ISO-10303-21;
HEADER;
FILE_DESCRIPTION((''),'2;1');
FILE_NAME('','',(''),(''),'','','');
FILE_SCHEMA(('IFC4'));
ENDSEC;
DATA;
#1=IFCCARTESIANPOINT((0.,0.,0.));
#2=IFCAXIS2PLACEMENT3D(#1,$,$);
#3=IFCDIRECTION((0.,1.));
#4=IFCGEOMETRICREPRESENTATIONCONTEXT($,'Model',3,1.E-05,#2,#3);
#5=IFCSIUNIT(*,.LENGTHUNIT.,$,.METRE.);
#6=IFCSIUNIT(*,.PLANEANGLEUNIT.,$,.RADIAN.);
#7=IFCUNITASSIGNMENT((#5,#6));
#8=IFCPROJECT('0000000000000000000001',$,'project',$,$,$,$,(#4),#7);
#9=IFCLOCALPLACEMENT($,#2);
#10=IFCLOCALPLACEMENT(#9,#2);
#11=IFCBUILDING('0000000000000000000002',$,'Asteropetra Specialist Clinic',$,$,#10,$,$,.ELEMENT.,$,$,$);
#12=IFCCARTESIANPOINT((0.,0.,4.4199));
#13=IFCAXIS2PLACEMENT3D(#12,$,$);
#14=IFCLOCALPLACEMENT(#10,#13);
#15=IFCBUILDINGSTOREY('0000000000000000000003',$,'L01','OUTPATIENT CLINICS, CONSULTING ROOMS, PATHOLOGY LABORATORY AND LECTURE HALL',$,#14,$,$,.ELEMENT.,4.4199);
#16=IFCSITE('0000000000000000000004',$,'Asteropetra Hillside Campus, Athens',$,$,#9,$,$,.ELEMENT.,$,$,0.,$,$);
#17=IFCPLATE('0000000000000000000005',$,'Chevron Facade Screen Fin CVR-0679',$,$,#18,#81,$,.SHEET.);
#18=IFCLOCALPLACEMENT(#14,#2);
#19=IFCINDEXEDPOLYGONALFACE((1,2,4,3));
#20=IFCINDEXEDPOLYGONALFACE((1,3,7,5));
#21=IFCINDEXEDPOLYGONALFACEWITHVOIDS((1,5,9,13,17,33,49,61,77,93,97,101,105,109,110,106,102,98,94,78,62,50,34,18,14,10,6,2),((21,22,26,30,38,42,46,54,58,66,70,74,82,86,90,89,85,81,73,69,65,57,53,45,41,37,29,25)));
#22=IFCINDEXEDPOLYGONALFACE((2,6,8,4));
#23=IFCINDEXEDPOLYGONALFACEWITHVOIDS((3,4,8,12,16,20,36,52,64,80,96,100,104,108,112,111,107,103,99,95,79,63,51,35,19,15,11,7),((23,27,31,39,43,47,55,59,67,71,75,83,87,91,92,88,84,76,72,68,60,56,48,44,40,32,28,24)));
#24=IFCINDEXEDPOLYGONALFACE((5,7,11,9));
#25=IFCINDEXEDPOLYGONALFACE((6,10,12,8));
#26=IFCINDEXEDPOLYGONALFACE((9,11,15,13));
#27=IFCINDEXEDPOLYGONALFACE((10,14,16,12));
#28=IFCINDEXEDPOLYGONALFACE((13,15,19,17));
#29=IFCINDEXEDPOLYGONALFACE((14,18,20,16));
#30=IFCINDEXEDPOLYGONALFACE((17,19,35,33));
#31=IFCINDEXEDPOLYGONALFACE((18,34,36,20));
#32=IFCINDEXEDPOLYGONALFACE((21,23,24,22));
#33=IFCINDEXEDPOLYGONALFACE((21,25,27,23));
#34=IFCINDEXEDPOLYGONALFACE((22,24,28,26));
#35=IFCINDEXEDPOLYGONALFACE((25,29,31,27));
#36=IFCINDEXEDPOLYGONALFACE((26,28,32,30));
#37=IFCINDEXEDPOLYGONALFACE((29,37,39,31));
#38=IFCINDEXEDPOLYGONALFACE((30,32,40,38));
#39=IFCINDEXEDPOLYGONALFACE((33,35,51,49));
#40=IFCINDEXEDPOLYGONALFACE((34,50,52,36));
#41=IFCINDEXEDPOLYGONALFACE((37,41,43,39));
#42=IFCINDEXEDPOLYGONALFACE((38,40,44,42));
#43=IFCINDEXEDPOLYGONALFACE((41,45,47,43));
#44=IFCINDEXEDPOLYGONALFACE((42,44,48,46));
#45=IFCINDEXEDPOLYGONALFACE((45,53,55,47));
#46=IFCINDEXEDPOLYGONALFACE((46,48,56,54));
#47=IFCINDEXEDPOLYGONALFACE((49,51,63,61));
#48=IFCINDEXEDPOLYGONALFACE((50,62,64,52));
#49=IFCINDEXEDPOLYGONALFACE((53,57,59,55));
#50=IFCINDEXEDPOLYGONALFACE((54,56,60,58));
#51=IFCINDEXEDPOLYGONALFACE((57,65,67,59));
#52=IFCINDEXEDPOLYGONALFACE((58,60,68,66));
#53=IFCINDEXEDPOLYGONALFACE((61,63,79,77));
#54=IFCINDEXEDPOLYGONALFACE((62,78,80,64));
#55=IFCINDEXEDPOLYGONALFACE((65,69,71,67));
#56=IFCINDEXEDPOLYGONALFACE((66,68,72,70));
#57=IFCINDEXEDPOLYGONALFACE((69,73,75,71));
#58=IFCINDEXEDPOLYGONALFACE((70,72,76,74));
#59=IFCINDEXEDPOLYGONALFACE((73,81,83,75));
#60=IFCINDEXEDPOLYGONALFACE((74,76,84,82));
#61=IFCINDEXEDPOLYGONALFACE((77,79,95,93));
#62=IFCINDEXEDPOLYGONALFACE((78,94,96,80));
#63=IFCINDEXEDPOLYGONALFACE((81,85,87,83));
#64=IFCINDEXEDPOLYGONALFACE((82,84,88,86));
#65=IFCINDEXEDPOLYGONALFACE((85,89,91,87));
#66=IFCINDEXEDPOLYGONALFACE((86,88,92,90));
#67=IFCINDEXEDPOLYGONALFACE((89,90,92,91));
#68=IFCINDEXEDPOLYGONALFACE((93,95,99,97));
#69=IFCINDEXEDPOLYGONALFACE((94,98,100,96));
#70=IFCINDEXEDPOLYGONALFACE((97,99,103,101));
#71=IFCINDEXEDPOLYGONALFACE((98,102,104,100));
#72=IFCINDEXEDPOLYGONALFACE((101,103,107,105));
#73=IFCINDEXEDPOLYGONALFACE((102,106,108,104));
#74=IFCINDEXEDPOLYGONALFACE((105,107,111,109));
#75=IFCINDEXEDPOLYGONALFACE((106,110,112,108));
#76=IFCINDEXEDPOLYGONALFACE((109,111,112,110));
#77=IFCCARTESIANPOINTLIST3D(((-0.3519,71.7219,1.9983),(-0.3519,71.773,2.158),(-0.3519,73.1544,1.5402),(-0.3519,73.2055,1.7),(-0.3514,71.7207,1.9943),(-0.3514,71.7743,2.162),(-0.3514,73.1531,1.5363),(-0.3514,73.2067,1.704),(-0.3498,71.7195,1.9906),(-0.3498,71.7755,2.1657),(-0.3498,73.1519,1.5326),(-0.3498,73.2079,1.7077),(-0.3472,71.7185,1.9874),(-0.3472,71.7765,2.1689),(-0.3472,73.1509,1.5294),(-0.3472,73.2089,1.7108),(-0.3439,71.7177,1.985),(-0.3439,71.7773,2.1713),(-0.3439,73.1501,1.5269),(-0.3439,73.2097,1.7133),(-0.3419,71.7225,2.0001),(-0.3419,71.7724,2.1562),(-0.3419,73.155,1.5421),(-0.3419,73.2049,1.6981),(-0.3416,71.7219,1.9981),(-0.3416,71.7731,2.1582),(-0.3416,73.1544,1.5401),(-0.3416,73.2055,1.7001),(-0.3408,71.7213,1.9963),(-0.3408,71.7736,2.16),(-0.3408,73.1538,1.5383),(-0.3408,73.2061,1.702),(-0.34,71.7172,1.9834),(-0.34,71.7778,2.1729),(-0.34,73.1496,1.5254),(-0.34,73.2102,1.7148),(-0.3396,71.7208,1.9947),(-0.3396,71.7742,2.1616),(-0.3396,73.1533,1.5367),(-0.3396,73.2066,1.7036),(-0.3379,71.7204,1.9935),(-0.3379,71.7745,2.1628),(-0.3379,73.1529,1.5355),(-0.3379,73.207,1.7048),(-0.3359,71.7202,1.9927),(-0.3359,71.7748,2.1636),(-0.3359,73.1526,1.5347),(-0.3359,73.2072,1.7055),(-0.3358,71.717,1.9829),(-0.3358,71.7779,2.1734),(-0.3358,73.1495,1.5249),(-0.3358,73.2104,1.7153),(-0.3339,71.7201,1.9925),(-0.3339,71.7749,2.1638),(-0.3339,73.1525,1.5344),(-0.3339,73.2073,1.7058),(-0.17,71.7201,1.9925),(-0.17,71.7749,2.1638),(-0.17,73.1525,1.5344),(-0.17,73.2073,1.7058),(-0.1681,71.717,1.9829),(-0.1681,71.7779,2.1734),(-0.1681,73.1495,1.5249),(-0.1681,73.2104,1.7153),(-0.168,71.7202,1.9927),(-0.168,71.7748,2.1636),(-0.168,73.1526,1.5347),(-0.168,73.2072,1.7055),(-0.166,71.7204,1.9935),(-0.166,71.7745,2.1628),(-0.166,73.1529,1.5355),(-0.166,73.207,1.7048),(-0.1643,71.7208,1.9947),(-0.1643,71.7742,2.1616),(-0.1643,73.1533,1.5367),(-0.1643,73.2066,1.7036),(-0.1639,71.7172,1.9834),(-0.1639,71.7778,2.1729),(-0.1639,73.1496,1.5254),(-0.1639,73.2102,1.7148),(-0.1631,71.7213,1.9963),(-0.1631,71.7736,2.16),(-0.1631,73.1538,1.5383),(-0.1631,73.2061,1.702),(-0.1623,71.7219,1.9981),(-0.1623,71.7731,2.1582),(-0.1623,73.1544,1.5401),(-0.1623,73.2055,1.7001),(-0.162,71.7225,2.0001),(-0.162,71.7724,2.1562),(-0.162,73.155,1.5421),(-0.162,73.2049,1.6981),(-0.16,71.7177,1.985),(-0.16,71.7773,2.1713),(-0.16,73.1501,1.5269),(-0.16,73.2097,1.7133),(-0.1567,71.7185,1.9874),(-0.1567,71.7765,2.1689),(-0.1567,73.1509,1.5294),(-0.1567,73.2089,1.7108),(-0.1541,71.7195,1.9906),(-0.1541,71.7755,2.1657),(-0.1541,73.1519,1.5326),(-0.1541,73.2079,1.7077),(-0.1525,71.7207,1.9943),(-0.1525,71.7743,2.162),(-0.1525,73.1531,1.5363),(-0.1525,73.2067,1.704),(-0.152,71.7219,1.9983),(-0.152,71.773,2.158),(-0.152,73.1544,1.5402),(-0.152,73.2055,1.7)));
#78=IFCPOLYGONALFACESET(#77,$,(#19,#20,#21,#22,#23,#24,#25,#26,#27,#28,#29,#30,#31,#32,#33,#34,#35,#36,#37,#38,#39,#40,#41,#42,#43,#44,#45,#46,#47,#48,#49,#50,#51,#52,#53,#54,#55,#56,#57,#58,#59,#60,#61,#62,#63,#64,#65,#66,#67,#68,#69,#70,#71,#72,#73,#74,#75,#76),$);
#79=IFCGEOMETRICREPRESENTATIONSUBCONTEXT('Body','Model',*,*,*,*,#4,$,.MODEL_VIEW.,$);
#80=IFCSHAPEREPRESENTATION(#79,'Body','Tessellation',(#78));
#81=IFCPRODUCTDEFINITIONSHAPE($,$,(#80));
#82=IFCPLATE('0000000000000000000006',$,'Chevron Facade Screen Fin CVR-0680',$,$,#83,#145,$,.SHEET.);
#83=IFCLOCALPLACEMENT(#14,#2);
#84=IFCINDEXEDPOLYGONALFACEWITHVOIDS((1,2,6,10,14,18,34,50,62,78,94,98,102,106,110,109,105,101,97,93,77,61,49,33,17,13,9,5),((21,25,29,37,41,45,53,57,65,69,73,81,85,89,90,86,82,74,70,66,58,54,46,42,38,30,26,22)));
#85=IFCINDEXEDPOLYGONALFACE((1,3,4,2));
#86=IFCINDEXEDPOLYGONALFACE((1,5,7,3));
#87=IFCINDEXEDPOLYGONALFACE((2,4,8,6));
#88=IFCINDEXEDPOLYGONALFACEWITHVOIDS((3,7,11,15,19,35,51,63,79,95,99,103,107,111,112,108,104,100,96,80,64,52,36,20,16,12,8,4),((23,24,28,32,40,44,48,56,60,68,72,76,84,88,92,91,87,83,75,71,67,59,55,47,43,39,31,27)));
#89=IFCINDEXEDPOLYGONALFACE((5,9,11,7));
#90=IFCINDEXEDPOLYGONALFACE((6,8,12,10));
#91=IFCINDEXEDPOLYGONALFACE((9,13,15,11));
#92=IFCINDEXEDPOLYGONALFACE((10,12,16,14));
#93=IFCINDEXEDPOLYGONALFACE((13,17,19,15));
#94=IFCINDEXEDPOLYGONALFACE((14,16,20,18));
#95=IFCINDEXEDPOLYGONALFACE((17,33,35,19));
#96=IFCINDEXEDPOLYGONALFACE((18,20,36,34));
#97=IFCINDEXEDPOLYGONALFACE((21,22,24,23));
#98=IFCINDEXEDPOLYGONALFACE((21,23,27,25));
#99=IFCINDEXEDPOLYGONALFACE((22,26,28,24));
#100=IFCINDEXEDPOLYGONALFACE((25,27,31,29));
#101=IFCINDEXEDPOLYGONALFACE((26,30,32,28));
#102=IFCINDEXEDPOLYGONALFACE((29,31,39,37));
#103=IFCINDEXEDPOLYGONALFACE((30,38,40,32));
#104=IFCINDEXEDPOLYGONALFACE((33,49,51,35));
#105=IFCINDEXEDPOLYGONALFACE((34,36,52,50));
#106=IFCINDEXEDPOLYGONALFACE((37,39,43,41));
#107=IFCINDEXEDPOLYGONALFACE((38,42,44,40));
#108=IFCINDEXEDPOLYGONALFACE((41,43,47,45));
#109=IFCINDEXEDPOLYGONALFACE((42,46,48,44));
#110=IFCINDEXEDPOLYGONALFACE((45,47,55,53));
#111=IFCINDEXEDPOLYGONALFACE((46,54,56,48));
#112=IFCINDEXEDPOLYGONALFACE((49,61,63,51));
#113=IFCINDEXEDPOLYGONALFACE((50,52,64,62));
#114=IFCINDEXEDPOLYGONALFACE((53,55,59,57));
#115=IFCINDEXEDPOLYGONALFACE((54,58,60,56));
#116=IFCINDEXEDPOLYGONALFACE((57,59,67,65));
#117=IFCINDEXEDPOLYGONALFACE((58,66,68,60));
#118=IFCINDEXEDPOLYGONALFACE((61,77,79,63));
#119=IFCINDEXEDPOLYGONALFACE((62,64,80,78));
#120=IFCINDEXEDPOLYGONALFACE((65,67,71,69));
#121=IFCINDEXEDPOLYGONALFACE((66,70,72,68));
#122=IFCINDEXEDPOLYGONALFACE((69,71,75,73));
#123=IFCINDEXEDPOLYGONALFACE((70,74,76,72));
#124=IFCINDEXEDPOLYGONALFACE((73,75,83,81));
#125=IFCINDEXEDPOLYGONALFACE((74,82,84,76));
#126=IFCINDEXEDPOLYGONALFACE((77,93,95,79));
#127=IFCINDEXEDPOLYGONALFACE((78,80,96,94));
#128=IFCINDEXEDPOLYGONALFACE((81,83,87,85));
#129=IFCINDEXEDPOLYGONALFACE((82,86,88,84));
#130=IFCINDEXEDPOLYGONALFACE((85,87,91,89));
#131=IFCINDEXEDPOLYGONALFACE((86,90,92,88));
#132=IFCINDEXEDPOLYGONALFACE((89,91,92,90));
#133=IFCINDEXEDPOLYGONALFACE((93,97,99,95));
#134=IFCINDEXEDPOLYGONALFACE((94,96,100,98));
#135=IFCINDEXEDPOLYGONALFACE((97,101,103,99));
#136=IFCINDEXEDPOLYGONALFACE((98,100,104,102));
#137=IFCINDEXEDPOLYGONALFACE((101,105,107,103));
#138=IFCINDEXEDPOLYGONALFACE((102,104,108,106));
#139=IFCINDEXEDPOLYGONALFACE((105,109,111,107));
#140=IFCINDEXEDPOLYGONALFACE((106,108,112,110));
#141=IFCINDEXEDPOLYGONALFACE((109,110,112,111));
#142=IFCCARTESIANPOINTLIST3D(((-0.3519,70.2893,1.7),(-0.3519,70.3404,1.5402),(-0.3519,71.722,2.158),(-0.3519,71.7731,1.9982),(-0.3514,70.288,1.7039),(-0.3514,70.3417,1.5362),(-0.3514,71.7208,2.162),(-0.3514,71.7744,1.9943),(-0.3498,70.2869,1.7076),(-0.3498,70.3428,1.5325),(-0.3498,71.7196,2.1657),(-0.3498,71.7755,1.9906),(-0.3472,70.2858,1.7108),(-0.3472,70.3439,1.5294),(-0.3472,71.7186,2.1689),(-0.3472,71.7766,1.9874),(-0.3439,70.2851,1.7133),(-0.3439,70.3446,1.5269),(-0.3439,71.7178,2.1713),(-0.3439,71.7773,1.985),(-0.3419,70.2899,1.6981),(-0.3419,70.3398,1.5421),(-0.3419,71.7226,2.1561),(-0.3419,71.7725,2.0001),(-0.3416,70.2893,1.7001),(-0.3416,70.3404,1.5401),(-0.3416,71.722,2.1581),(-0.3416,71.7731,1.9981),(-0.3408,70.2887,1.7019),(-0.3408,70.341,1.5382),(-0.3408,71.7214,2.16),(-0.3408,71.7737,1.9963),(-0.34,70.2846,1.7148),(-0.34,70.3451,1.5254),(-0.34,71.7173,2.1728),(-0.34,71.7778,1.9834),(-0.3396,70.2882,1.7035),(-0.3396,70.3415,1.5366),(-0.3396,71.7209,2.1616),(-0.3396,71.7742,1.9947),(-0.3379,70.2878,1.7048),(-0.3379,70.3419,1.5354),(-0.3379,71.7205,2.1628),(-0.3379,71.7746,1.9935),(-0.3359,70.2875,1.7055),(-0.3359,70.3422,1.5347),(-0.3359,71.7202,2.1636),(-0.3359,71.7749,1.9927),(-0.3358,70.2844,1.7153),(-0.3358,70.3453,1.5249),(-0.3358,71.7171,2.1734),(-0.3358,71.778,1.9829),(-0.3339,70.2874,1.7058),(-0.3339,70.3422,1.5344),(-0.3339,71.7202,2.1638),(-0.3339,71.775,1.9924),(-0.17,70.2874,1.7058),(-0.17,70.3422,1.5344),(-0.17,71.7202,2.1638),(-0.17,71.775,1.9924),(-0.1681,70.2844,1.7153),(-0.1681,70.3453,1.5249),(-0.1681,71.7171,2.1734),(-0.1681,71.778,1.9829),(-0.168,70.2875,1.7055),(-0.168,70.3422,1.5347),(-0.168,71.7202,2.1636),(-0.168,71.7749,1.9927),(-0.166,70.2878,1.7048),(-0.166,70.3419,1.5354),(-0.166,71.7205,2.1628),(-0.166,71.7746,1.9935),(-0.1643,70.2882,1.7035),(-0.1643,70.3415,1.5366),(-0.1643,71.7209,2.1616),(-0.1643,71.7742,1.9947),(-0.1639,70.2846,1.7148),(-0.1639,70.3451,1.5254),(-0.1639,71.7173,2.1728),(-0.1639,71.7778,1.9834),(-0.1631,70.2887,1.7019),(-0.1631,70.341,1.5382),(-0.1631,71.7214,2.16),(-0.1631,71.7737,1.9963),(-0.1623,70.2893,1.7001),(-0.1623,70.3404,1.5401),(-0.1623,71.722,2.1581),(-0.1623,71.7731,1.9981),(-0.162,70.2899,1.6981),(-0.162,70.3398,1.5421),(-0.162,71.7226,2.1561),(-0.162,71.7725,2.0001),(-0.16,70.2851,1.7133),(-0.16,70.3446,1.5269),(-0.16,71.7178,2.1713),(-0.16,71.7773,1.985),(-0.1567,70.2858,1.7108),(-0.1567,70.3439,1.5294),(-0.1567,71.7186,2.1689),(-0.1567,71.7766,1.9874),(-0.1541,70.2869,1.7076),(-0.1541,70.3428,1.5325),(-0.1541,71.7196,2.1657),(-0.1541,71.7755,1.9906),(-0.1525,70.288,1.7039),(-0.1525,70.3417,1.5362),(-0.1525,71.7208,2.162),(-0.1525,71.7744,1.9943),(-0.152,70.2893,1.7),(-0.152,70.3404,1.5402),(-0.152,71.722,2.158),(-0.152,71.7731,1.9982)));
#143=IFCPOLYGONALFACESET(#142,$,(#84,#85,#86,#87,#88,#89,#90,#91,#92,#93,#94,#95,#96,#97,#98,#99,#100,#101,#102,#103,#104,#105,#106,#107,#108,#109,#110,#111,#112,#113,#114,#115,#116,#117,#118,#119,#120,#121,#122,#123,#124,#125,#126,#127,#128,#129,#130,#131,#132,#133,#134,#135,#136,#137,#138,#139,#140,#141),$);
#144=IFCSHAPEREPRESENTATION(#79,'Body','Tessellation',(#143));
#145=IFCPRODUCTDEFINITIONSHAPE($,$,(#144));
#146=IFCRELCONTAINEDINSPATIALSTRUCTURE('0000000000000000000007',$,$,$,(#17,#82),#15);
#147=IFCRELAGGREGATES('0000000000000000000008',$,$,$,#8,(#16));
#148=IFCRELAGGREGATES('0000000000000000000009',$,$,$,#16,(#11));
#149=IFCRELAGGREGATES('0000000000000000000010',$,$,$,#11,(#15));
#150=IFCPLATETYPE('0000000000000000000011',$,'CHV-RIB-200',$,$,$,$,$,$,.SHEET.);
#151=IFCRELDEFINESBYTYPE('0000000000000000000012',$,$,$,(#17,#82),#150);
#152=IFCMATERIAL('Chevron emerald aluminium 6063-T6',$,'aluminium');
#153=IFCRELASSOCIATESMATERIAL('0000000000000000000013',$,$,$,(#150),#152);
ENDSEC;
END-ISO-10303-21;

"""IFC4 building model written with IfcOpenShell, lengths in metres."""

from ifc_helpers import new_model, si_unit, direction, frame, origin, origin_2d, place, context, subcontext, project, spatial, hollow_rectangle, extrude, material, material_profile, profile_set, type_object, element, save


model = new_model("IFC4")

# Units and contexts
model_context = context("Model", 3, precision=1e-05, world=origin(), true_north=direction((0.0, 1.0)))
body_context = subcontext(model_context, "Body", "Model", "MODEL_VIEW")
ifc_project = project(units=[si_unit("LENGTHUNIT", "METRE"), si_unit("PLANEANGLEUNIT", "RADIAN")], contexts=[model_context])

# Site, building, storey
site_placement = place(None, origin())
site = spatial("IfcSite", under=ifc_project, at=site_placement, Name="Asteropetra Hillside Campus, Athens", CompositionType="ELEMENT", RefElevation=0.0)
building_placement = place(site_placement, origin())
building = spatial("IfcBuilding", under=site, at=building_placement, Name="Asteropetra Specialist Clinic", CompositionType="ELEMENT")
storey_placement = place(building_placement, frame((0.0, 0.0, 4.4199)))
storey = spatial("IfcBuildingStorey", under=building, at=storey_placement, Name="L01", Description="OUTPATIENT CLINICS, CONSULTING ROOMS, PATHOLOGY LABORATORY AND LECTURE HALL", CompositionType="ELEMENT", Elevation=4.4199)

# Plates
ifc_material_1 = material(Name="Chevron emerald aluminium 6063-T6", Category="aluminium")
ifc_material_profile_1 = material_profile(ifc_material_1, hollow_rectangle(XDim=0.2, YDim=0.2, WallThickness=0.01, InnerFilletRadius=0.0081, OuterFilletRadius=0.0161, at=origin_2d()), Name="SHS 200x200x10.0")
ifc_profile_set_1 = profile_set([ifc_material_profile_1], Name="Chevron emerald aluminium 6063-T6")
plate_type_1 = type_object("IfcPlateType", Name="CHV-RIB-200", PredefinedType="SHEET", material=ifc_profile_set_1)
plate_1_placement = place(storey_placement, frame((-0.252, 73.1799, 1.6201), z_axis=(0.0, -0.952492, 0.304564), x_axis=(1.0, 0.0, 0.0)))
element("IfcPlate", 1, at=plate_1_placement, inside=storey, type_object=plate_type_1, Name="Chevron Facade Screen Fin CVR-0679", PredefinedType="SHEET", context=body_context, shape_type="SweptSolid", body=[
    extrude(hollow_rectangle(XDim=0.2, YDim=0.2, WallThickness=0.01, InnerFilletRadius=0.0081, OuterFilletRadius=0.0161, at=origin_2d()), origin(), (0.0, 0.0, 1.0), 1.5039),
])
plate_2_placement = place(storey_placement, frame((-0.252, 71.7476, 2.0781), z_axis=(0.0, -0.952507, -0.304517), x_axis=(1.0, 0.0, 0.0)))
element("IfcPlate", 2, at=plate_2_placement, inside=storey, type_object=plate_type_1, Name="Chevron Facade Screen Fin CVR-0680", PredefinedType="SHEET", context=body_context, shape_type="SweptSolid", body=[
    extrude(hollow_rectangle(XDim=0.2, YDim=0.2, WallThickness=0.01, InnerFilletRadius=0.0081, OuterFilletRadius=0.0161, at=origin_2d()), origin(), (0.0, 0.0, 1.0), 1.5042),
])

save(model, "model.ifc")
